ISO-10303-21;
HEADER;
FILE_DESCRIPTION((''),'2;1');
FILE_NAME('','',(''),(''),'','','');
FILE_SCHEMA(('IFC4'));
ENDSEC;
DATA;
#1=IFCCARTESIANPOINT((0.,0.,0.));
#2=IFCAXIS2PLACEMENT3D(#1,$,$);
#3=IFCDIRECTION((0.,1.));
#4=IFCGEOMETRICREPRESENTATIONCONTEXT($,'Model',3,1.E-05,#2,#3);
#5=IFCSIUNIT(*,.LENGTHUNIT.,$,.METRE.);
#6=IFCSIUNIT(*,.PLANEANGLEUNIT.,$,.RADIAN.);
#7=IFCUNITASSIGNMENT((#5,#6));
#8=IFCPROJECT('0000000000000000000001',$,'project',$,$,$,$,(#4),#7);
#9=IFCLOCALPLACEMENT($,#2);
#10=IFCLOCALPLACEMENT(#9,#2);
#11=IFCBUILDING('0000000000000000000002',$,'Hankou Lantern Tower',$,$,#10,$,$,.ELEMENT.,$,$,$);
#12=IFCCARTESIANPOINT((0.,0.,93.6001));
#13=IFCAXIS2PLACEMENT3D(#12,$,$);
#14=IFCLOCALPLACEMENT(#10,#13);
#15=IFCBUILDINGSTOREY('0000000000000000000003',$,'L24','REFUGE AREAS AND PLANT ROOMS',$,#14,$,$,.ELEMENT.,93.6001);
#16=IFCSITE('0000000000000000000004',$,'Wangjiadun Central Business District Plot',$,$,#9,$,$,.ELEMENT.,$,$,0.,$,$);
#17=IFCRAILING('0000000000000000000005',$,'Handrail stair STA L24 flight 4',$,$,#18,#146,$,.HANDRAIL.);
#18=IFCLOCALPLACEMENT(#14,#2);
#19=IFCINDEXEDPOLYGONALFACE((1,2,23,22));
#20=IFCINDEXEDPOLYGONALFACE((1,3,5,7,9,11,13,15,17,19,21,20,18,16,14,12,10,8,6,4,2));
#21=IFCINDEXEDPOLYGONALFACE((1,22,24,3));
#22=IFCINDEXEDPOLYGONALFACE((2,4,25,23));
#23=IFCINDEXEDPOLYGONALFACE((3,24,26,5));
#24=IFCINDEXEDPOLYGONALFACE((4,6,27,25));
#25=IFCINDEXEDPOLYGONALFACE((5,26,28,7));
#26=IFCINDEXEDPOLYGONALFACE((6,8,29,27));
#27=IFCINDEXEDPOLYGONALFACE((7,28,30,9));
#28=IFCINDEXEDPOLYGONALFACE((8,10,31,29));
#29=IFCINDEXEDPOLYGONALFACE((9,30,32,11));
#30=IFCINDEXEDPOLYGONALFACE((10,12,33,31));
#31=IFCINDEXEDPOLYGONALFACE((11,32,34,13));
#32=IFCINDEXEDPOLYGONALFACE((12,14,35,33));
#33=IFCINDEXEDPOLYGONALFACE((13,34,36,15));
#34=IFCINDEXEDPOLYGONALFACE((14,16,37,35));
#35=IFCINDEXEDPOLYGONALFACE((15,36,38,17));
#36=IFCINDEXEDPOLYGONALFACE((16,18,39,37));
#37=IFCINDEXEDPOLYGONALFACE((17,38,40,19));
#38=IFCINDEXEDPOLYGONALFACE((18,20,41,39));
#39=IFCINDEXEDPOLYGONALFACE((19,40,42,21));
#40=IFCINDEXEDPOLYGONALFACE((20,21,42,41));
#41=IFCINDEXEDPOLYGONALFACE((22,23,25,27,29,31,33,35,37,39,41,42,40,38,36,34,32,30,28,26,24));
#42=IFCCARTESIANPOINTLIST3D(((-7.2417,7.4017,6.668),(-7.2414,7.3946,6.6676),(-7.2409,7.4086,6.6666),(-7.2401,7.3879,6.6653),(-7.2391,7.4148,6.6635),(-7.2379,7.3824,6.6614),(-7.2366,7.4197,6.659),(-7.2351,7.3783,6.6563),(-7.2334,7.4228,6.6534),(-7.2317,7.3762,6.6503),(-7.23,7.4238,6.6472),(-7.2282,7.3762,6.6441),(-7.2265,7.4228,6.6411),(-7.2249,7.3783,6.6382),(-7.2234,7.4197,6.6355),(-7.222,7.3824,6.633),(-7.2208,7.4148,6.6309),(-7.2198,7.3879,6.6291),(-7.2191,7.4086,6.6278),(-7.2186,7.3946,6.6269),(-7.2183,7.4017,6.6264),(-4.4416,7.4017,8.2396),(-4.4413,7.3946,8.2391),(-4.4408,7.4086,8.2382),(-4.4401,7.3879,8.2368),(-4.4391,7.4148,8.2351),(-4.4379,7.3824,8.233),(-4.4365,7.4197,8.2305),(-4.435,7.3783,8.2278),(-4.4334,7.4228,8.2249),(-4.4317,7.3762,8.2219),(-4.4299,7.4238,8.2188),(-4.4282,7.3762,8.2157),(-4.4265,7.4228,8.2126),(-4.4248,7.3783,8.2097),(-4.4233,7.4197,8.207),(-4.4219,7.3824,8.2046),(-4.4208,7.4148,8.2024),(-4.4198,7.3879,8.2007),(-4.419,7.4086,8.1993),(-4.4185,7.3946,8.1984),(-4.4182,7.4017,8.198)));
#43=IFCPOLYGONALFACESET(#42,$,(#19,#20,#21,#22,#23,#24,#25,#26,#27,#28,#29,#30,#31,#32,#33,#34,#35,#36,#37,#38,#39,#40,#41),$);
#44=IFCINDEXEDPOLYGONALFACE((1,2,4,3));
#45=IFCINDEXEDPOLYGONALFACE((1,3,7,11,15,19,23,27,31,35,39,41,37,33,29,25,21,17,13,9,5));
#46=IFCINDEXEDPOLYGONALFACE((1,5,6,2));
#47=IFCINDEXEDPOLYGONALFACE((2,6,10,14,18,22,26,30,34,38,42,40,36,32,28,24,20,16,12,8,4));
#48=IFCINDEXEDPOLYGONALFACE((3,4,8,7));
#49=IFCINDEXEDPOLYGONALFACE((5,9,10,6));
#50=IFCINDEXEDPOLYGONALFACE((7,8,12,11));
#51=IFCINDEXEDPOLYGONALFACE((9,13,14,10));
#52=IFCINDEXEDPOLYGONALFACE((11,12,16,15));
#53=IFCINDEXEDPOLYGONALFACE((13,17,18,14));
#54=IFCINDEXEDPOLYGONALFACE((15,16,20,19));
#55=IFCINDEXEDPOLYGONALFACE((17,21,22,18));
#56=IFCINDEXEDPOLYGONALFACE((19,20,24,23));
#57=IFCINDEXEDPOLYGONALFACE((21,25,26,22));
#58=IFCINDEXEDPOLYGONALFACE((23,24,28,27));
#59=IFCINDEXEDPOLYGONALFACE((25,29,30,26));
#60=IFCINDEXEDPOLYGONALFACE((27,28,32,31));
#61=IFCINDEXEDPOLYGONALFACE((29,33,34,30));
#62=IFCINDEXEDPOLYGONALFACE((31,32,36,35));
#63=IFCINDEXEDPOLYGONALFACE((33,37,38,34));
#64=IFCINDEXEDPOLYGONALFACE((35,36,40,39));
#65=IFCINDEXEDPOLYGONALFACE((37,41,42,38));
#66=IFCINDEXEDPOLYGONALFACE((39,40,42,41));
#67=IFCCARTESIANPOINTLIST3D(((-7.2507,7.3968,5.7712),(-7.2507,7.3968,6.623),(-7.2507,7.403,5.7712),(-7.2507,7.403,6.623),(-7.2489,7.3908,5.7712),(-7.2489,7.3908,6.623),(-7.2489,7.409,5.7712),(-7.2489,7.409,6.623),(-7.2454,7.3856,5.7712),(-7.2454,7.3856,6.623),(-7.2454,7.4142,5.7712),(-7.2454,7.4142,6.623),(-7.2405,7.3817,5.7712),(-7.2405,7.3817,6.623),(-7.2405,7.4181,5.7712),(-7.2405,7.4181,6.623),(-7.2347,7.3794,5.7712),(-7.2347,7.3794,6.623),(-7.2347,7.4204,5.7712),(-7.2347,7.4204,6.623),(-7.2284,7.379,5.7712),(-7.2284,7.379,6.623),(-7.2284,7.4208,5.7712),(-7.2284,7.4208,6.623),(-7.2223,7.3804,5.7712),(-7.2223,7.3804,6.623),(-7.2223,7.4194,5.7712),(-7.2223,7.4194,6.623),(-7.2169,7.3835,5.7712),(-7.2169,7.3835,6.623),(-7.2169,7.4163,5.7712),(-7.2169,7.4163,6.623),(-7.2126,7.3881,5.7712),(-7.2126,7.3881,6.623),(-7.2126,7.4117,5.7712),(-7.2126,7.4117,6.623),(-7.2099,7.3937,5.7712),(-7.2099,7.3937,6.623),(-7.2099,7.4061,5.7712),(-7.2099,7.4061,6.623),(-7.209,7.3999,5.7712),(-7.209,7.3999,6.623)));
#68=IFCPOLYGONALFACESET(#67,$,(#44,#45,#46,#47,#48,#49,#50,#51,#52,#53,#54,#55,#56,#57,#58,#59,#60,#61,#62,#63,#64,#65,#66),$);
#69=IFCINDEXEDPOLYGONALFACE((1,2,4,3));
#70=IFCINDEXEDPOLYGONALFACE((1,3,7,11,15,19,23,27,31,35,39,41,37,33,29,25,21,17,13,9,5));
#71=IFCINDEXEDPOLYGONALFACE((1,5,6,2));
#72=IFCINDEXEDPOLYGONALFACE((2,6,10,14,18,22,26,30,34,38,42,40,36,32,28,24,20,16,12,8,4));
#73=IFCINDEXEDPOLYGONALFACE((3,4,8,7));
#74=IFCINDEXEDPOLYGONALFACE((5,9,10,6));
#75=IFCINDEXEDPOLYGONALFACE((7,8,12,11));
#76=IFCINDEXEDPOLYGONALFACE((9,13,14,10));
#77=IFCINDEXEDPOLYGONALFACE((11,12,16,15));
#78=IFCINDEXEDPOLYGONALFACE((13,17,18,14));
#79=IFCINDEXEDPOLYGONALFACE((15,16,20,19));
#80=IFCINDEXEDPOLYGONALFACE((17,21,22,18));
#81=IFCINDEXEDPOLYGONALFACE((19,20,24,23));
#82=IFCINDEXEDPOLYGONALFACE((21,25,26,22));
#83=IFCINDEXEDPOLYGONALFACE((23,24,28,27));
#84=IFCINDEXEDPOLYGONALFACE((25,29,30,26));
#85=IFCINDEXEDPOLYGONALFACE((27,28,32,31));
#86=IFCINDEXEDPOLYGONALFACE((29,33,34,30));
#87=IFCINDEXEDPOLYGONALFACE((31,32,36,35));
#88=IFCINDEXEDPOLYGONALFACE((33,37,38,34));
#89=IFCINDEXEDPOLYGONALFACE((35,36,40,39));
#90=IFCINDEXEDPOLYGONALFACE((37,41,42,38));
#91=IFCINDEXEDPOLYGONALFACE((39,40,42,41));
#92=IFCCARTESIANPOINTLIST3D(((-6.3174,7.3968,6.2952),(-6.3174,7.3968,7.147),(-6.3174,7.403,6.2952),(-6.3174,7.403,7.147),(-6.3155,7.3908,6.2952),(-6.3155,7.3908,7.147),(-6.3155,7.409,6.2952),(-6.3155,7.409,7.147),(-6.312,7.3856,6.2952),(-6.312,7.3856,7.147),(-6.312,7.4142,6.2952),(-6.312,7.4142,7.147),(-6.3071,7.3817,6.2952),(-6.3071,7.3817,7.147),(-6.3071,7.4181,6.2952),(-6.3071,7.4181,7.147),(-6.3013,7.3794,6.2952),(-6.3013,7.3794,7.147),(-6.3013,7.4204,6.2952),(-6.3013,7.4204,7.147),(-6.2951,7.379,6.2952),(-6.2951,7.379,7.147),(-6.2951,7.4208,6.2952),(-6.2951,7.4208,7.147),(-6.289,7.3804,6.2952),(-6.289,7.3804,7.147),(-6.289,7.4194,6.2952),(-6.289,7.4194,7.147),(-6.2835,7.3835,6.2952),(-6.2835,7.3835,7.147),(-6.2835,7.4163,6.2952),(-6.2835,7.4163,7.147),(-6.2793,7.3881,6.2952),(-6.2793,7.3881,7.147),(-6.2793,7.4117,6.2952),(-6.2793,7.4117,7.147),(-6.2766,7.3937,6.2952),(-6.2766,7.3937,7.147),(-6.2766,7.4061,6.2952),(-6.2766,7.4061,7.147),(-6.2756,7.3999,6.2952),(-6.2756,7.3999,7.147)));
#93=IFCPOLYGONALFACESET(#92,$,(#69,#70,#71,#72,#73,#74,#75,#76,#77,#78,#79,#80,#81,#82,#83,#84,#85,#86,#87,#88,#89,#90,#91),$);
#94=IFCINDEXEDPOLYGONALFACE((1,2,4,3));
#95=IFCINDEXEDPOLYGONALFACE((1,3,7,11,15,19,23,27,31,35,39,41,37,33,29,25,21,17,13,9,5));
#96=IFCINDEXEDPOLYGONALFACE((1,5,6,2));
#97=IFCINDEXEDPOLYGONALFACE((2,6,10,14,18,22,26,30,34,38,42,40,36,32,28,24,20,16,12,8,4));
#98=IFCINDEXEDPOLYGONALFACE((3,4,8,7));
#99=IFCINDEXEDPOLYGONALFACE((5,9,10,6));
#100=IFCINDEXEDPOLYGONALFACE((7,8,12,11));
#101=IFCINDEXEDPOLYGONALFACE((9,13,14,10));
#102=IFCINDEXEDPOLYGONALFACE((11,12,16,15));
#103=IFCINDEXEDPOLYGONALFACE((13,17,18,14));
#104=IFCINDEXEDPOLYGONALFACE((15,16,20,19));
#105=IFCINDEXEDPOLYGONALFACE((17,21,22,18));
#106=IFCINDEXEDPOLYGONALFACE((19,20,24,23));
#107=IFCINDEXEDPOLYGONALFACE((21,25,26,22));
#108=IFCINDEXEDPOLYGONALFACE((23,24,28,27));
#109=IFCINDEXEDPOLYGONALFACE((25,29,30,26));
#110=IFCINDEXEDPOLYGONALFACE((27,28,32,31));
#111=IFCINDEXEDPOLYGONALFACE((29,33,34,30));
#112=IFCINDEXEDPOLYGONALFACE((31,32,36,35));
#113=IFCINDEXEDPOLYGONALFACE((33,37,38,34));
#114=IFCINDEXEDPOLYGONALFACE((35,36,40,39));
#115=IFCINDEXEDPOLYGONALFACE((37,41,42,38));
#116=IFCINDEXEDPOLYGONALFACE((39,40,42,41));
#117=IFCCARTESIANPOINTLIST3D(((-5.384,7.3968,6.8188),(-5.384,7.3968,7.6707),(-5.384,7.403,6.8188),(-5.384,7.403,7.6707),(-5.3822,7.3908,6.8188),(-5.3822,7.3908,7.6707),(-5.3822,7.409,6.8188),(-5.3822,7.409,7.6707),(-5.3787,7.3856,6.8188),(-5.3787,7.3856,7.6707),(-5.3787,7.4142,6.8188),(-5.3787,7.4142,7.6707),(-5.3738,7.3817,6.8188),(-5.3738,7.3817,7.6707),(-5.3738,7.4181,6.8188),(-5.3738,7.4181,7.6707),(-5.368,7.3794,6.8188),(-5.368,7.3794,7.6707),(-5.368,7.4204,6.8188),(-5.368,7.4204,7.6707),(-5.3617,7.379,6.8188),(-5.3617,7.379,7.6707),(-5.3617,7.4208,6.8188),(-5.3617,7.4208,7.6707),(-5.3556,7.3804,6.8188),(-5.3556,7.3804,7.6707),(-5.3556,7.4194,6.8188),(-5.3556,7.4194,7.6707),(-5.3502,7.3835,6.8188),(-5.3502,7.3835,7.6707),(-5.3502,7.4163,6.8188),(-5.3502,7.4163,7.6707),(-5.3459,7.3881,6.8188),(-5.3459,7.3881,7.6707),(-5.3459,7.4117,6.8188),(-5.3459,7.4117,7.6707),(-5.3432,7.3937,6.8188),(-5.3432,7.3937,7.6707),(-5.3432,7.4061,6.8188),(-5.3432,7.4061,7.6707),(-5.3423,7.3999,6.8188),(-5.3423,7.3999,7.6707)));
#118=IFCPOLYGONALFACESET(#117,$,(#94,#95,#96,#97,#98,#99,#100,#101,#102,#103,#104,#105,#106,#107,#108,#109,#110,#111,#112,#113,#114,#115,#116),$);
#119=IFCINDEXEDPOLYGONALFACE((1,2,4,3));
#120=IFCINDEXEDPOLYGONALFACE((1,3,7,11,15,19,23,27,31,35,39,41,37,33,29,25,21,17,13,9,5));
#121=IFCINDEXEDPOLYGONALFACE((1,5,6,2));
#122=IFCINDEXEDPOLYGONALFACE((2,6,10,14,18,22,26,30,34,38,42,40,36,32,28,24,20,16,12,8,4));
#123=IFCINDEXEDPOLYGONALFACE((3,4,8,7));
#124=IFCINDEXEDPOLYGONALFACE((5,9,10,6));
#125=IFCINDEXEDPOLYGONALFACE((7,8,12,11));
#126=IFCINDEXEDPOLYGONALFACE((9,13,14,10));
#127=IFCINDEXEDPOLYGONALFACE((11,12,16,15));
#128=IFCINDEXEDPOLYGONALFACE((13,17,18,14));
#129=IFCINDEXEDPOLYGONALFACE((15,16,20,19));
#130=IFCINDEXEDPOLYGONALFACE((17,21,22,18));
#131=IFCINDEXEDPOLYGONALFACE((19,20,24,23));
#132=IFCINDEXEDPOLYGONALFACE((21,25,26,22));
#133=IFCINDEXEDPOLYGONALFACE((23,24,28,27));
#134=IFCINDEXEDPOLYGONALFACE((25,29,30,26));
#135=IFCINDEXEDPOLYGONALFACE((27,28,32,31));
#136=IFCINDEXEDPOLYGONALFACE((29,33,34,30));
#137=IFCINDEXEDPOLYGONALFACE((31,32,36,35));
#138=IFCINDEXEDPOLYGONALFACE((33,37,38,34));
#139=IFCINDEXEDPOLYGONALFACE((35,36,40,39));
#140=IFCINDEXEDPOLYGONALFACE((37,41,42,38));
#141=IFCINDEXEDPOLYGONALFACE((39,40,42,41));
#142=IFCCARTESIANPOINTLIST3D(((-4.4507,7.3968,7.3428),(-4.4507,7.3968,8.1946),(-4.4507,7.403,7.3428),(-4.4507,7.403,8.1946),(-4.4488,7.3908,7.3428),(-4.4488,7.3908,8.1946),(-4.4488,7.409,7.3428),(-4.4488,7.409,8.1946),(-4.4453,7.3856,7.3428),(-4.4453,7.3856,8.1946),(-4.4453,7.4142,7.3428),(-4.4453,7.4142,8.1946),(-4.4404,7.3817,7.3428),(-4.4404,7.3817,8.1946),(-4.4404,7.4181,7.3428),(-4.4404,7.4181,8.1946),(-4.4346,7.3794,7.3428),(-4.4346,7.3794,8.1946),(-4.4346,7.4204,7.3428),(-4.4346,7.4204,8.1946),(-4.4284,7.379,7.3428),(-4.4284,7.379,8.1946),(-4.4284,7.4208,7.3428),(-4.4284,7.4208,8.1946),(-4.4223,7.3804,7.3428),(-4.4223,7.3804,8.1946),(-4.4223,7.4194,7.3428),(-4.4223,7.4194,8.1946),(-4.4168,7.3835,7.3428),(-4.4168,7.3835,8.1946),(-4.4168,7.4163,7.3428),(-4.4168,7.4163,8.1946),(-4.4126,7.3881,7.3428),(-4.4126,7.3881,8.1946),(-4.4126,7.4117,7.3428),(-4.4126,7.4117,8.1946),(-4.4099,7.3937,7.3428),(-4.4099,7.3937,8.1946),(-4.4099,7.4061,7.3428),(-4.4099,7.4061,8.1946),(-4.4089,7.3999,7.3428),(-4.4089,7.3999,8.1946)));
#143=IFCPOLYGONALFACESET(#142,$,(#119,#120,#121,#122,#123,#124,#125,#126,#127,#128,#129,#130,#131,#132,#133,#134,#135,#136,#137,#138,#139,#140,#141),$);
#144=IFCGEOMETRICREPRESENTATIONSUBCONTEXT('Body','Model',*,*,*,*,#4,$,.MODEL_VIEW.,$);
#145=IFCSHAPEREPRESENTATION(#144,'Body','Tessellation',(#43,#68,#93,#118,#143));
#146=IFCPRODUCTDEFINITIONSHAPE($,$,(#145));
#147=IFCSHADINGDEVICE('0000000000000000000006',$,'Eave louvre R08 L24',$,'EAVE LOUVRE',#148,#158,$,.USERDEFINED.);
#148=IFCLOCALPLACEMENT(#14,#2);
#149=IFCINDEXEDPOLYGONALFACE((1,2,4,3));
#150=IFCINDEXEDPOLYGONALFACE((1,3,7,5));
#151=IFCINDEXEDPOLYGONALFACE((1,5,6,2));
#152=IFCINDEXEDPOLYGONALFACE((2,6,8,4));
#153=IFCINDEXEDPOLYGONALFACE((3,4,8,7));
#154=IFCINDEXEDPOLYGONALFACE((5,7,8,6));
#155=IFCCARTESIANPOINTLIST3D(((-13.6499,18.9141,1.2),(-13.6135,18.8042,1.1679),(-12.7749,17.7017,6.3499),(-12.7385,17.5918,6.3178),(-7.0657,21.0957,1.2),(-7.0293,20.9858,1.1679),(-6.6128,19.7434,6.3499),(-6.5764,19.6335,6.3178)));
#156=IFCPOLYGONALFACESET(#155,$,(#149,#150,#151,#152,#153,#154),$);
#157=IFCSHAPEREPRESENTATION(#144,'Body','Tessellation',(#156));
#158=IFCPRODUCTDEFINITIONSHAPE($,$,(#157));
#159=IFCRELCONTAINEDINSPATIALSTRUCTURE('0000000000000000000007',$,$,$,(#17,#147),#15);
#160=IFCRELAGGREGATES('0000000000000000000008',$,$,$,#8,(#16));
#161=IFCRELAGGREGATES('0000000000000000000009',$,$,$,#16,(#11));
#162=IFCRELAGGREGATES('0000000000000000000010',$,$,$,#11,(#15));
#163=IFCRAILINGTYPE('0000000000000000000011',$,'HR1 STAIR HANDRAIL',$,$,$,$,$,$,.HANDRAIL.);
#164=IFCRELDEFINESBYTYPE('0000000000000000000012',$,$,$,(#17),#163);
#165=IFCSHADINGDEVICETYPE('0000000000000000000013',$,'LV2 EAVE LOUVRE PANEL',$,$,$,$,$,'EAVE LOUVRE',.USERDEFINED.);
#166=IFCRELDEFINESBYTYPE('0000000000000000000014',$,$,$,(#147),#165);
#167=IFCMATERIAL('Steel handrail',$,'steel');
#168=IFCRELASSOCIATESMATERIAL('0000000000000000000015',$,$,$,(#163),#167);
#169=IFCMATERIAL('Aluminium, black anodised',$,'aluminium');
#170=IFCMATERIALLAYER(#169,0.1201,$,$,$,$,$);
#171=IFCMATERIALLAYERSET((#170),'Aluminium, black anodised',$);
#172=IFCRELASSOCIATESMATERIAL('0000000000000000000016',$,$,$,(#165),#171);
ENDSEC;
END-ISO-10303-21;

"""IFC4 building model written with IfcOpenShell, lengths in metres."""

from ifc_helpers import new_model, si_unit, direction, frame, origin, origin_2d, place, context, subcontext, project, spatial, polyline, circle, outline, extrude, material, layer, layer_set, type_object, element, save


model = new_model("IFC4")

# Units and contexts
model_context = context("Model", 3, precision=1e-05, world=origin(), true_north=direction((0.0, 1.0)))
body_context = subcontext(model_context, "Body", "Model", "MODEL_VIEW")
ifc_project = project(units=[si_unit("LENGTHUNIT", "METRE"), si_unit("PLANEANGLEUNIT", "RADIAN")], contexts=[model_context])

# Site, building, storey
site_placement = place(None, origin())
site = spatial("IfcSite", under=ifc_project, at=site_placement, Name="Wangjiadun Central Business District Plot", CompositionType="ELEMENT", RefElevation=0.0)
building_placement = place(site_placement, origin())
building = spatial("IfcBuilding", under=site, at=building_placement, Name="Hankou Lantern Tower", CompositionType="ELEMENT")
storey_placement = place(building_placement, frame((0.0, 0.0, 93.6001)))
storey = spatial("IfcBuildingStorey", under=building, at=storey_placement, Name="L24", Description="REFUGE AREAS AND PLANT ROOMS", CompositionType="ELEMENT", Elevation=93.6001)

# Railing
ifc_material_1 = material(Name="Steel handrail", Category="steel")
railing_type = type_object("IfcRailingType", Name="HR1 STAIR HANDRAIL", PredefinedType="HANDRAIL", material=ifc_material_1)
railing_1_placement = place(storey_placement, frame((-7.23, 7.3999, 5.7712)))
element("IfcRailing", 1, at=railing_1_placement, inside=storey, type_object=railing_type, Name="Handrail stair STA L24 flight 4", PredefinedType="HANDRAIL", context=body_context, shape_type="SweptSolid", body=[
    extrude(circle(Radius=0.0239, at=origin_2d()), frame((0.0, 0.0, 0.876), z_axis=(0.87204, 0.0, 0.489434), x_axis=(0.0, 1.0, 0.0)), (0.0, 0.0, 1.0), 3.2109),
    extrude(circle(Radius=0.021, at=origin_2d()), origin(), (0.0, 0.0, 1.0), 0.8518),
    extrude(circle(Radius=0.021, at=origin_2d()), frame((0.9333, 0.0, 0.5239)), (0.0, 0.0, 1.0), 0.8518),
    extrude(circle(Radius=0.021, at=origin_2d()), frame((1.8667, 0.0, 1.0476)), (0.0, 0.0, 1.0), 0.8518),
    extrude(circle(Radius=0.021, at=origin_2d()), frame((2.8, 0.0, 1.5715)), (0.0, 0.0, 1.0), 0.8518),
])

# Shading device
ifc_material_2 = material(Name="Aluminium, black anodised", Category="aluminium")
ifc_layer_1 = layer(ifc_material_2, 0.1201)
ifc_layer_set_1 = layer_set([ifc_layer_1], Name="Aluminium, black anodised")
shading_device_type = type_object("IfcShadingDeviceType", Name="LV2 EAVE LOUVRE PANEL", ElementType="EAVE LOUVRE", PredefinedType="USERDEFINED", material=ifc_layer_set_1)
shading_device_placement = place(storey_placement, frame((-7.0657, 21.0957, 1.2), z_axis=(-0.303118, 0.914821, 0.266873), x_axis=(-0.949249, -0.314526, 0.0)))
element("IfcShadingDevice", 2, at=shading_device_placement, inside=storey, type_object=shading_device_type, Name="Eave louvre R08 L24", ObjectType="EAVE LOUVRE", PredefinedType="USERDEFINED", context=body_context, shape_type="SweptSolid", body=[
    extrude(outline(polyline([(0.0, 0.0), (6.9363, 0.0), (6.487, 5.3437), (-0.0046, 5.3437), (0.0, 0.0)])), origin(), (0.0, 0.0, -1.0), 0.1201),
])

save(model, "model.ifc")
